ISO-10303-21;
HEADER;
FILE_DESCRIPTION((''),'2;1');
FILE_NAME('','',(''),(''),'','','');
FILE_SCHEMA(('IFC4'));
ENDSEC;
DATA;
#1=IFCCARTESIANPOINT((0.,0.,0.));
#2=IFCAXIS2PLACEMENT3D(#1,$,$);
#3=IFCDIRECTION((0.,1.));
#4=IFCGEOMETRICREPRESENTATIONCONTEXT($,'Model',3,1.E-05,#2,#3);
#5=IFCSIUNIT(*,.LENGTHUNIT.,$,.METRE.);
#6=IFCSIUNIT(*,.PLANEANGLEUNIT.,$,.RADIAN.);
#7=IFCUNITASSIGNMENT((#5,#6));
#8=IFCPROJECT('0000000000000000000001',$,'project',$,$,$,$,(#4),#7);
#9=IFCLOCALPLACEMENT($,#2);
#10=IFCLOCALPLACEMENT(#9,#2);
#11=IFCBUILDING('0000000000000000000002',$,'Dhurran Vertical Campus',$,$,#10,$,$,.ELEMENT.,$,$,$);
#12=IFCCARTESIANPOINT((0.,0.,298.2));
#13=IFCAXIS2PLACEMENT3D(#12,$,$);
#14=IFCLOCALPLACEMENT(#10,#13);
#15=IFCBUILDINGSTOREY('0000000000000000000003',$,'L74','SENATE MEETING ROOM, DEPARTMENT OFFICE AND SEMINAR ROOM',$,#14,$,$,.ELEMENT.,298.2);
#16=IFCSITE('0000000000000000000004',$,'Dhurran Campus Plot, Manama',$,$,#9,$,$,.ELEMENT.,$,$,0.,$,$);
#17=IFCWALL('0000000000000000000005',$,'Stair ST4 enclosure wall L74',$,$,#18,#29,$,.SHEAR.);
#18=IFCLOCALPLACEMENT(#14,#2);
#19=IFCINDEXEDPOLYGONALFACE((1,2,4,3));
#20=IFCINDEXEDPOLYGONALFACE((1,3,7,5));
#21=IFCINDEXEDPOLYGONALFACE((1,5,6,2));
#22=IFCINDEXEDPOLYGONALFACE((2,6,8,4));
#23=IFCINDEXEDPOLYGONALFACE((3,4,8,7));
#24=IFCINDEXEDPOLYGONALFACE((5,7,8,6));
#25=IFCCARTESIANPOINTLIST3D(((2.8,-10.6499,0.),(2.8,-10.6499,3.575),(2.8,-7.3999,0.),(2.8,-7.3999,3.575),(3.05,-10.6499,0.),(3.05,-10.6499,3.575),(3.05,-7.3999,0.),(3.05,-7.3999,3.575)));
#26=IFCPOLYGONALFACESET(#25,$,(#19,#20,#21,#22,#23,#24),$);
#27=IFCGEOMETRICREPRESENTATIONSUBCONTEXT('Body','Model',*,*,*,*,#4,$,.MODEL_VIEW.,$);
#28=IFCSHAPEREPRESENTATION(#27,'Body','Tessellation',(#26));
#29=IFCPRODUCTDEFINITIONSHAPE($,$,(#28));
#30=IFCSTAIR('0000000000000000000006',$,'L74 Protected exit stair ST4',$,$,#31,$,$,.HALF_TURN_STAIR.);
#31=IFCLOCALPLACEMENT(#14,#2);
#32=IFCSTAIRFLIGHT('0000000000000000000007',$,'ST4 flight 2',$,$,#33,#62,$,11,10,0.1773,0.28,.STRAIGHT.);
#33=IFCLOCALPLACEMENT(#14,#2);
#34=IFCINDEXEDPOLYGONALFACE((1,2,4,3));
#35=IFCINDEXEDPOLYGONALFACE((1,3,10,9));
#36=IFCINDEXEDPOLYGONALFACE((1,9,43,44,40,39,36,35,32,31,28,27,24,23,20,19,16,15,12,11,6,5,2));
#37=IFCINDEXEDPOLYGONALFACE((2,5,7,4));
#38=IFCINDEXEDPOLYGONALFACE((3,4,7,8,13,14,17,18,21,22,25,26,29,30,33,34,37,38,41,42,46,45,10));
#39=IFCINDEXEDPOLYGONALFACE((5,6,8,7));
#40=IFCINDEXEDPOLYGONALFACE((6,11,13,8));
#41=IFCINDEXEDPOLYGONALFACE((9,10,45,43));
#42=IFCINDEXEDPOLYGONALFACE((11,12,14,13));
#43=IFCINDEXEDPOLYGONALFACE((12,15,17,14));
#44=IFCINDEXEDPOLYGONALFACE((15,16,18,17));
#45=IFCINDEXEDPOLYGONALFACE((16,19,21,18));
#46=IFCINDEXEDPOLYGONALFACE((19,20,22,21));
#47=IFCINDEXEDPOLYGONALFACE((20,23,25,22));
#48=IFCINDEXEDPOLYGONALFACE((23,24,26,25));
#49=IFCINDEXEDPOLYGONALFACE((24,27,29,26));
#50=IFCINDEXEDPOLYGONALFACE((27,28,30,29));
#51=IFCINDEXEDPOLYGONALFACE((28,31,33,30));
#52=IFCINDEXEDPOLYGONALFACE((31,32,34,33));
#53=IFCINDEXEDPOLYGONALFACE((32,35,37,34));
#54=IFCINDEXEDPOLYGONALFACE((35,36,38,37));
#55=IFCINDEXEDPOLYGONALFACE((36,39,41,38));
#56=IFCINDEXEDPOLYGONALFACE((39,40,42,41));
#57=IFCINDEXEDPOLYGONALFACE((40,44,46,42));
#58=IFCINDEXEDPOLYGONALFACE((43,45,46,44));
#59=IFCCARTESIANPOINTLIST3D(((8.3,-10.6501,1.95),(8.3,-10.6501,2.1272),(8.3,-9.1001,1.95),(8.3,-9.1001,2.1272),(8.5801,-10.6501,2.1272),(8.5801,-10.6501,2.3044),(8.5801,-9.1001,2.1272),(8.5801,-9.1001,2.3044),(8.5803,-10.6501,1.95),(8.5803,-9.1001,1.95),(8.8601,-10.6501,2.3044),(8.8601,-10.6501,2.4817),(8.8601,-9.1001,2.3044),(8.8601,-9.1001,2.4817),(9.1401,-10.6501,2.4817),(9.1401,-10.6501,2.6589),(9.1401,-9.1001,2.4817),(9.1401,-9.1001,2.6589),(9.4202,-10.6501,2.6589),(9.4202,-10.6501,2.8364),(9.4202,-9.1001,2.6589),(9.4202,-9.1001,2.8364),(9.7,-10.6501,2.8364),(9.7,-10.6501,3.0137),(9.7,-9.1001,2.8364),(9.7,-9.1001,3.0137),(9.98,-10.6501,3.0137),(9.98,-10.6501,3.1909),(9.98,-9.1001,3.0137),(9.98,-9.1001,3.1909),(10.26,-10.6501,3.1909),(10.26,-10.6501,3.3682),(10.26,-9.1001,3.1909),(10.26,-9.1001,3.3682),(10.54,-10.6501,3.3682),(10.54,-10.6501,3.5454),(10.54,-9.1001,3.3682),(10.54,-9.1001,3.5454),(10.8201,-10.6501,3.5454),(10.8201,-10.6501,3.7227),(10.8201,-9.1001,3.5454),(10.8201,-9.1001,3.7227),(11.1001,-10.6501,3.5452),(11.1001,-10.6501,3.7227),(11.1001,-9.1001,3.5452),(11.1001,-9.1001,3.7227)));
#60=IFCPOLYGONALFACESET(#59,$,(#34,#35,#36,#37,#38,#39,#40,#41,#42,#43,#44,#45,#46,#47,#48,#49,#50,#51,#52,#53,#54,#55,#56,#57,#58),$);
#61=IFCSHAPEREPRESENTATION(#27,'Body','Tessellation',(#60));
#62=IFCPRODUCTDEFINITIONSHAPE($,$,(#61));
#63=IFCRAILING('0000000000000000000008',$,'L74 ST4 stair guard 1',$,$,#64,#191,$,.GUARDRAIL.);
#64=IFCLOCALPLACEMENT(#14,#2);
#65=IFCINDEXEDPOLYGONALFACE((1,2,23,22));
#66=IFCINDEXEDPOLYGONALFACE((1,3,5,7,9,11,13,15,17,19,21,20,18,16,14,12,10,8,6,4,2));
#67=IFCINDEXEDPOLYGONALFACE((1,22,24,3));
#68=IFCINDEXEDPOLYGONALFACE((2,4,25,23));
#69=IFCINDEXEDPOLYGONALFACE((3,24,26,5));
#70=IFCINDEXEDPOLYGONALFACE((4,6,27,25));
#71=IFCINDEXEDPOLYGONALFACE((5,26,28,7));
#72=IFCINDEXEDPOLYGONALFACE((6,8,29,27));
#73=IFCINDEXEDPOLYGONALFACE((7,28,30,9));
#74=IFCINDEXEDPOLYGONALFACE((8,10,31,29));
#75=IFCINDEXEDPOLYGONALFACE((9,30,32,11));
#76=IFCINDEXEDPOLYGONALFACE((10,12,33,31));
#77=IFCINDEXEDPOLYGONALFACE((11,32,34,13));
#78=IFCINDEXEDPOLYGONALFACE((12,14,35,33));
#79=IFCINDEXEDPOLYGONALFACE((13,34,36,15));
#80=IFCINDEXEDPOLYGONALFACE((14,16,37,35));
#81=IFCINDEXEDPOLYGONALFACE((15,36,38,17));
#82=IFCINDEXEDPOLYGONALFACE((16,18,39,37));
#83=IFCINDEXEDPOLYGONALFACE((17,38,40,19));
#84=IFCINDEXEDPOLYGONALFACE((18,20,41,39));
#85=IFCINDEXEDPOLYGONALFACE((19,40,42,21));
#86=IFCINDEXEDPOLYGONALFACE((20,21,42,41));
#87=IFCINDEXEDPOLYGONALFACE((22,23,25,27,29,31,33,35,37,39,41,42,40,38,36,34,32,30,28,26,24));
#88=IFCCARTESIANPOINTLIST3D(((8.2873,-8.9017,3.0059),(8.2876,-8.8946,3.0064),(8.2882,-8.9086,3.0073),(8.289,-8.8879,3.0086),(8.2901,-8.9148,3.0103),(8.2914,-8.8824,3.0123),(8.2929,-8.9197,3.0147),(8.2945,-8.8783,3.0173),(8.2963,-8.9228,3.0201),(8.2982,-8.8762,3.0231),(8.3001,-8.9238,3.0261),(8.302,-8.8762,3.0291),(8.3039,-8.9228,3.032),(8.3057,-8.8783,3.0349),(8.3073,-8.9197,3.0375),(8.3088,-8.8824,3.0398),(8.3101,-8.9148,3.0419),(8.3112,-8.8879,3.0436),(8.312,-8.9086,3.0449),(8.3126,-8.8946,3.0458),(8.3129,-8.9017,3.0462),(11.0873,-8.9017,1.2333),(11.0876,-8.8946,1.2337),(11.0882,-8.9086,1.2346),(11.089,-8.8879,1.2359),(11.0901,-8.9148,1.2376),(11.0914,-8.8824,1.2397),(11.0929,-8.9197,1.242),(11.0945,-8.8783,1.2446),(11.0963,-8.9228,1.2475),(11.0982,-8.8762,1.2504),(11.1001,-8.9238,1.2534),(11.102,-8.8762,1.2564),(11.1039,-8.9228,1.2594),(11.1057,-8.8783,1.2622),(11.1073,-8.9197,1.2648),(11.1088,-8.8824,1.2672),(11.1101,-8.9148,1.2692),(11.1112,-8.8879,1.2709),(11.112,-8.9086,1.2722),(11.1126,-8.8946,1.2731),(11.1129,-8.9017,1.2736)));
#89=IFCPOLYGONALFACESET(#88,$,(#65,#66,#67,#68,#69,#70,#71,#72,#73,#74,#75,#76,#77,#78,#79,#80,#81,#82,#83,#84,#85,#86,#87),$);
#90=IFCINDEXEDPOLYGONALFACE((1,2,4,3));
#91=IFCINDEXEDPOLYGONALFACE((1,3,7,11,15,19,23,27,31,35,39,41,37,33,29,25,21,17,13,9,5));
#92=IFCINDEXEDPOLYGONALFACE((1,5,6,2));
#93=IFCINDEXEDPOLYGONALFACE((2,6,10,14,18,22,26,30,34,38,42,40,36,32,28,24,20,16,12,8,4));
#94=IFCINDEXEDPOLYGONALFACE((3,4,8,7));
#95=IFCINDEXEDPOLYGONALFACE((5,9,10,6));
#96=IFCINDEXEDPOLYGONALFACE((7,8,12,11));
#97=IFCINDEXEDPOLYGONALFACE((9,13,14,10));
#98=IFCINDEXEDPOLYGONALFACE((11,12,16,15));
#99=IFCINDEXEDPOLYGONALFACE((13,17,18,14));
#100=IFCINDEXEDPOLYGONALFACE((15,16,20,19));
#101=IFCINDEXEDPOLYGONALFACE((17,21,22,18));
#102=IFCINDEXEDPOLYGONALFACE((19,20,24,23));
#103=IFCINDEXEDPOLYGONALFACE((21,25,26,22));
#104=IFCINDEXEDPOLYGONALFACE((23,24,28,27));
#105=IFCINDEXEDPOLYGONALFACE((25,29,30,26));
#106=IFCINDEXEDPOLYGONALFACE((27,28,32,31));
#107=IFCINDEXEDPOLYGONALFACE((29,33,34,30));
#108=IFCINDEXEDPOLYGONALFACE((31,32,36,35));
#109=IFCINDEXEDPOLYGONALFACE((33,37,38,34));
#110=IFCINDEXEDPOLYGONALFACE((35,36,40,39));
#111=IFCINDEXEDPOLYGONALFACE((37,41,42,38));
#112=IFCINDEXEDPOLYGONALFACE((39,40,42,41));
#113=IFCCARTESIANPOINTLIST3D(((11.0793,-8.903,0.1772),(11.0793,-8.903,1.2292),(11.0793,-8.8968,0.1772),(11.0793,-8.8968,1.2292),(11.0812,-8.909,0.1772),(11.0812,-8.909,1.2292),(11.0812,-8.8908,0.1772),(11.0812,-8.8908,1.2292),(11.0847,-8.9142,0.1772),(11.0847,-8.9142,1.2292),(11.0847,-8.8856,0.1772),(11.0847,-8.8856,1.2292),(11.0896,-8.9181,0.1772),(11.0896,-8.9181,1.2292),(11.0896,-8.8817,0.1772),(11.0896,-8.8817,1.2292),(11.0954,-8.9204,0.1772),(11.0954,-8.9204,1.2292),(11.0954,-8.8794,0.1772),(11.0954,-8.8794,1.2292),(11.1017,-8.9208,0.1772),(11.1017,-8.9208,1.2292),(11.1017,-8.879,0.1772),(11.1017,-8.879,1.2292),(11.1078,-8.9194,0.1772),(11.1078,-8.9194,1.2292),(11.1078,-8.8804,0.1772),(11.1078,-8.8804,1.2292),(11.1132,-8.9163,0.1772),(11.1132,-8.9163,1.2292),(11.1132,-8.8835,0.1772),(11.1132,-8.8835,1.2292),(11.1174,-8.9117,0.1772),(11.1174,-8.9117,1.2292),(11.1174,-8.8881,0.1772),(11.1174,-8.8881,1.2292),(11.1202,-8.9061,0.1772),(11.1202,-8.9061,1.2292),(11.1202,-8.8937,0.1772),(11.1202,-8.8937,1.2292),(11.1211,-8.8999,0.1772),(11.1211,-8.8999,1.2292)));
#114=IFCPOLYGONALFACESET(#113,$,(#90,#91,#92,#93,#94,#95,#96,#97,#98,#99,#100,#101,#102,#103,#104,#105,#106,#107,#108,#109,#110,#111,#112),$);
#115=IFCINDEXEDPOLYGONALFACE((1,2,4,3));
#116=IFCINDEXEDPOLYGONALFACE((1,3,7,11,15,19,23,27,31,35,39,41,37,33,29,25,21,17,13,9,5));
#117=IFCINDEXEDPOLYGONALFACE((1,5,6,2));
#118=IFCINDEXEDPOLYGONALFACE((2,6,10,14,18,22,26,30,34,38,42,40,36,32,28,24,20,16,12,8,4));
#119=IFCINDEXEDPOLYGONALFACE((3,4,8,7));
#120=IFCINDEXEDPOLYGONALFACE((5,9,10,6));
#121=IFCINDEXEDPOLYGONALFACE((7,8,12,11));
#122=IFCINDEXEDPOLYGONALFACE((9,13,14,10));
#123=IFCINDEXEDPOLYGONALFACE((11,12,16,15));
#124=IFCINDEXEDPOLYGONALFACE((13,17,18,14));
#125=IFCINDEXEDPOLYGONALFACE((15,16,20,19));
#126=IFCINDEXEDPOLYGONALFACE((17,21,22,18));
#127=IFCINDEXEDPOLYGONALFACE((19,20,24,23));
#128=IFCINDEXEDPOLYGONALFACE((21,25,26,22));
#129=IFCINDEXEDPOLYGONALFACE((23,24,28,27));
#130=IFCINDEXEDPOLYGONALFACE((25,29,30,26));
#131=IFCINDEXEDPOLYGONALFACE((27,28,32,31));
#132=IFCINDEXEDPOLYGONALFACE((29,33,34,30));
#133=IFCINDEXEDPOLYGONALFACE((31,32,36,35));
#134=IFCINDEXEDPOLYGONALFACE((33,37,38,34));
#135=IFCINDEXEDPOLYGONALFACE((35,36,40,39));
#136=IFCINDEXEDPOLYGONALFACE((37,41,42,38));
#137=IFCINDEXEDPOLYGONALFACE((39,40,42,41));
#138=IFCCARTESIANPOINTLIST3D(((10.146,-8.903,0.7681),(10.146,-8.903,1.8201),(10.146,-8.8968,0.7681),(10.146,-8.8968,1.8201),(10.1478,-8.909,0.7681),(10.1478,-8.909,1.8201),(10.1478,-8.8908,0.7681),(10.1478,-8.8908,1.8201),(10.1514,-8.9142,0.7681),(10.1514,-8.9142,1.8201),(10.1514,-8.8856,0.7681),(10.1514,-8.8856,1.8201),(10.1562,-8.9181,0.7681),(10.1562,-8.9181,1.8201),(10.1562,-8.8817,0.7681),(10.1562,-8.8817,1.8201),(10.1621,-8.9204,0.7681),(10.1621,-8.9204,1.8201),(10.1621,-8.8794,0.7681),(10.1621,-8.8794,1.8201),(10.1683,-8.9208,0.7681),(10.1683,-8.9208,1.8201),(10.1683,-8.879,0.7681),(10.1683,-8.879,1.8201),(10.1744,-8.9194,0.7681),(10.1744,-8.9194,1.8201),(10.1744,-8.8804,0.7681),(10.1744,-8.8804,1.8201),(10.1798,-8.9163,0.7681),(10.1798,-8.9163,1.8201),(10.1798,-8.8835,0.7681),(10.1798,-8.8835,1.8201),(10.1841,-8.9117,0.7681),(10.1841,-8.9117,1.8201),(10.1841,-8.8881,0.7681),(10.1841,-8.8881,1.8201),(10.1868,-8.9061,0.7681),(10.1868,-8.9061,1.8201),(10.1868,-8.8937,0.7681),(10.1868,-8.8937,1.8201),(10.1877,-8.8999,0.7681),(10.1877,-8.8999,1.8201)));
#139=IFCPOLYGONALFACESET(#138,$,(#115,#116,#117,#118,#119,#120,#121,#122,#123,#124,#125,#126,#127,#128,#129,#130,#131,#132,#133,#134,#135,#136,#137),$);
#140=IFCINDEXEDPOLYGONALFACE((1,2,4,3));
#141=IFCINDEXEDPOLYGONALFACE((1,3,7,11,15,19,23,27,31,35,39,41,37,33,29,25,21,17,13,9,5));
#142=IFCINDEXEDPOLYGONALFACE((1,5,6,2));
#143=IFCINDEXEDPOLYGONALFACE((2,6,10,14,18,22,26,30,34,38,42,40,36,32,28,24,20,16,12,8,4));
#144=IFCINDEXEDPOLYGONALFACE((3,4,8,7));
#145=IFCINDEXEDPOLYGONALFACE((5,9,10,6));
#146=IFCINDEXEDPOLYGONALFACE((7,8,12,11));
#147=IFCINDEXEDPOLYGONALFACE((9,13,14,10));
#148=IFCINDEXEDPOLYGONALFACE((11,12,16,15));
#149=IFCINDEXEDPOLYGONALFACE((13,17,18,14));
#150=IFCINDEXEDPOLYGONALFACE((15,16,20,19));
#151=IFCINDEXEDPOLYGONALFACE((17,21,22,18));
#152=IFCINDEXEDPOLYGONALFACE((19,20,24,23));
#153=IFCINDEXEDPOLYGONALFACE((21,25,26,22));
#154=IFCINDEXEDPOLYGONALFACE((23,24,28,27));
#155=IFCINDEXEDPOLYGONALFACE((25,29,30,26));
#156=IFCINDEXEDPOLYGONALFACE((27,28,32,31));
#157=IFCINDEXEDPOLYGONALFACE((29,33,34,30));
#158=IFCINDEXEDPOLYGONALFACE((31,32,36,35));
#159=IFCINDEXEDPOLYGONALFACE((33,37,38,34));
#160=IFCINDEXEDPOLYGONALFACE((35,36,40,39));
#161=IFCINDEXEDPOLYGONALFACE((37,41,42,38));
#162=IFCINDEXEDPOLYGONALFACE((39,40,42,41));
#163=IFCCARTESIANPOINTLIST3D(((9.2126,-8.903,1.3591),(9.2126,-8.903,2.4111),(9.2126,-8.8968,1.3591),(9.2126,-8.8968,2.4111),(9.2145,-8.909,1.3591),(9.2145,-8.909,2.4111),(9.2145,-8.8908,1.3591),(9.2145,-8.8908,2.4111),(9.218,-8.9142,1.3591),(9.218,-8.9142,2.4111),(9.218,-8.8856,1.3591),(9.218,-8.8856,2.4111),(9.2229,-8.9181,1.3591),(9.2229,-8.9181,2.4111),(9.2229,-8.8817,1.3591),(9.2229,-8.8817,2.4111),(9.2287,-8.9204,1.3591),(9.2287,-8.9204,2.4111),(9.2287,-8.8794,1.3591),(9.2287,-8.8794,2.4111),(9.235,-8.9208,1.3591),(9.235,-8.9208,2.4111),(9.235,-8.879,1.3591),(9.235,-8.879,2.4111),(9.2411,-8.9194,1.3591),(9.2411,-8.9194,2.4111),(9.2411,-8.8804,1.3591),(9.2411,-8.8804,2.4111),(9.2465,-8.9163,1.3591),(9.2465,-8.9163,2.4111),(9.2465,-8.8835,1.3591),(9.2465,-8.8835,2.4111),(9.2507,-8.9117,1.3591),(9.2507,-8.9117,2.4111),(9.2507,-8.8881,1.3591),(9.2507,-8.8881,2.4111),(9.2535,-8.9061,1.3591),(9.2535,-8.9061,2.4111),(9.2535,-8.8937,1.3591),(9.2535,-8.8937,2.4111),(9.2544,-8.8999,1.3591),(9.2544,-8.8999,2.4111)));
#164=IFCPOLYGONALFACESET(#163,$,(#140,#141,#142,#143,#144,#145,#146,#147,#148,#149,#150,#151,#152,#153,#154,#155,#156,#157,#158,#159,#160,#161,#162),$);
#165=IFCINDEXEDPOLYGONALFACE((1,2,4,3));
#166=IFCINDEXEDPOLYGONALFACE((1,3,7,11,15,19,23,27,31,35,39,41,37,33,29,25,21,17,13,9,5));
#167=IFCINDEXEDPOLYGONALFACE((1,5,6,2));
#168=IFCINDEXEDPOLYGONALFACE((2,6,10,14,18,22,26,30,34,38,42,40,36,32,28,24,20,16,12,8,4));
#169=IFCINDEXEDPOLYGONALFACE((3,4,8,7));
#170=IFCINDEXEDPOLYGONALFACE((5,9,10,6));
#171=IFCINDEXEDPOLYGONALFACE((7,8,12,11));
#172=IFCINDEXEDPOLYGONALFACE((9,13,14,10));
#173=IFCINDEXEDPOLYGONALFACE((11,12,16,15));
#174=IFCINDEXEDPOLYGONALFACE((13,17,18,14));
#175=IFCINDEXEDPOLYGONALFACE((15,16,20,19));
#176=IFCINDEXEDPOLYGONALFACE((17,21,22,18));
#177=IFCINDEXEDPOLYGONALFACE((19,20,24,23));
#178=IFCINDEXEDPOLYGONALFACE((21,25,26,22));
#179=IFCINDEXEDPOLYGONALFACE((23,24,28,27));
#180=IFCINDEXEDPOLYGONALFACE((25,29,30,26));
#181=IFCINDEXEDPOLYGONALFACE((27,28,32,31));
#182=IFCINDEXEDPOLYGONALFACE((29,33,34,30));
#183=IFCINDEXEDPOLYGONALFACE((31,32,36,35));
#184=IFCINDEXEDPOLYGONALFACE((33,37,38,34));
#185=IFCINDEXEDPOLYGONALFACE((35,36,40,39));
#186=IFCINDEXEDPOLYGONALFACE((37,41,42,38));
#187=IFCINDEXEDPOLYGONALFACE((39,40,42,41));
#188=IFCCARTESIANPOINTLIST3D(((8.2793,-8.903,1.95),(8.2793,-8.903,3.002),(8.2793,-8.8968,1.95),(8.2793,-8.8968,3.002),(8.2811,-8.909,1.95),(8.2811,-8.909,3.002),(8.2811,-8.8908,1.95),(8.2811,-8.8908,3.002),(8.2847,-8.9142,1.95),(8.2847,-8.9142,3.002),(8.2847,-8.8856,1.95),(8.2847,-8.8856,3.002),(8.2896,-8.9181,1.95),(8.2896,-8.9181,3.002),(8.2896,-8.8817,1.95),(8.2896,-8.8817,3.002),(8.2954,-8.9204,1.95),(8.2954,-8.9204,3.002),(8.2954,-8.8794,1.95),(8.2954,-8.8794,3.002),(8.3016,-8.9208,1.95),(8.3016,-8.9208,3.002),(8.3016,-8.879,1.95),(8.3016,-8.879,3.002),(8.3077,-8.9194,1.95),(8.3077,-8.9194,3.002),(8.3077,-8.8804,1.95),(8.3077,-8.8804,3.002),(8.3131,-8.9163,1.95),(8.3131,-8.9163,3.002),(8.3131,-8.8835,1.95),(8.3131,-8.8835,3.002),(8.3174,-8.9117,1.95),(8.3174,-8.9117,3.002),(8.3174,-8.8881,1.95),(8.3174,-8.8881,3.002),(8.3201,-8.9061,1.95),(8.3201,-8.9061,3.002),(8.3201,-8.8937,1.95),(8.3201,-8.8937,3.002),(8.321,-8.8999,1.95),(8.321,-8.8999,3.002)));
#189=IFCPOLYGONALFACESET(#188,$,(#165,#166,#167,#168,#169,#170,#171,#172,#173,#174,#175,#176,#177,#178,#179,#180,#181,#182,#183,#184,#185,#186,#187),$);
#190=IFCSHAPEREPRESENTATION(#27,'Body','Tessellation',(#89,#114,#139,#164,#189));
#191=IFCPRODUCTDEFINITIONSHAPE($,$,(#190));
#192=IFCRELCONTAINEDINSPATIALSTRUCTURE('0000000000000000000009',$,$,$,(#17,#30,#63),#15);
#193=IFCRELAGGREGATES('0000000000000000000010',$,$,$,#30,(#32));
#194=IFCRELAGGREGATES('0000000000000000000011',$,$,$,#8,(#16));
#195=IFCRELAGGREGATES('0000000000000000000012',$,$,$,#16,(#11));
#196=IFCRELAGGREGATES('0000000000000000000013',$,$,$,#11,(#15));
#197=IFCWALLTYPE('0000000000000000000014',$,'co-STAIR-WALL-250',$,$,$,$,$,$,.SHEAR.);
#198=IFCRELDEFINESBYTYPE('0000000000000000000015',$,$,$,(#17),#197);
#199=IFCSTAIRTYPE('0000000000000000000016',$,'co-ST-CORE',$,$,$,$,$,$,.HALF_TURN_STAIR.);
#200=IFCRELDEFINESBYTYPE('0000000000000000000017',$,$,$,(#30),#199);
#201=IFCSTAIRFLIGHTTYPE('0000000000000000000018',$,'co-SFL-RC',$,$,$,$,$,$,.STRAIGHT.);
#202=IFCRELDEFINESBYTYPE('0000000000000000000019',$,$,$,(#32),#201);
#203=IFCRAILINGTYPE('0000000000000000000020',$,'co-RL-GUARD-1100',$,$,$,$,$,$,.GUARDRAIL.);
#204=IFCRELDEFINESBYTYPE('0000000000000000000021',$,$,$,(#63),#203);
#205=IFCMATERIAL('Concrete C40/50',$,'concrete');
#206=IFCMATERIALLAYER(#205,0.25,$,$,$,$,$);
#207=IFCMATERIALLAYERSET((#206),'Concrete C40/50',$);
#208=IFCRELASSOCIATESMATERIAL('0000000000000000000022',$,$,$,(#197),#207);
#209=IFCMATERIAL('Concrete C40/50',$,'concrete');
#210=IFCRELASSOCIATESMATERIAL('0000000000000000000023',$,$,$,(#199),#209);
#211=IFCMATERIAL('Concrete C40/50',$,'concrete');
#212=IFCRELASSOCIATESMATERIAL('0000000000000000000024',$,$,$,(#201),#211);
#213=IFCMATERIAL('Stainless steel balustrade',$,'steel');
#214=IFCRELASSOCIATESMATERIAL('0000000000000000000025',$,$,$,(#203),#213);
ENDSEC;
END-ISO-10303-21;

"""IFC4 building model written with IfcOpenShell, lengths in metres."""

from ifc_helpers import new_model, si_unit, direction, frame, frame_2d, origin, origin_2d, place, context, subcontext, project, spatial, polyline, rectangle, circle, outline, extrude, material, layer, layer_set, type_object, element, aggregate, save


model = new_model("IFC4")

# Units and contexts
model_context = context("Model", 3, precision=1e-05, world=origin(), true_north=direction((0.0, 1.0)))
body_context = subcontext(model_context, "Body", "Model", "MODEL_VIEW")
ifc_project = project(units=[si_unit("LENGTHUNIT", "METRE"), si_unit("PLANEANGLEUNIT", "RADIAN")], contexts=[model_context])

# Site, building, storey
site_placement = place(None, origin())
site = spatial("IfcSite", under=ifc_project, at=site_placement, Name="Dhurran Campus Plot, Manama", CompositionType="ELEMENT", RefElevation=0.0)
building_placement = place(site_placement, origin())
building = spatial("IfcBuilding", under=site, at=building_placement, Name="Dhurran Vertical Campus", CompositionType="ELEMENT")
storey_placement = place(building_placement, frame((0.0, 0.0, 298.2)))
storey = spatial("IfcBuildingStorey", under=building, at=storey_placement, Name="L74", Description="SENATE MEETING ROOM, DEPARTMENT OFFICE AND SEMINAR ROOM", CompositionType="ELEMENT", Elevation=298.2)

# Shared definitions
ifc_material_1 = material(Name="Concrete C40/50", Category="concrete")
ifc_layer_1 = layer(ifc_material_1, 0.25)
ifc_layer_set_1 = layer_set([ifc_layer_1], Name="Concrete C40/50")
wall_type_1 = type_object("IfcWallType", Name="co-STAIR-WALL-250", PredefinedType="SHEAR", material=ifc_layer_set_1)

# Wall
wall_1_placement = place(storey_placement, frame((2.925, -10.6499, 0.0), z_axis=(0.0, 0.0, 1.0), x_axis=(0.0, 1.0, 0.0)))
element("IfcWall", 1, at=wall_1_placement, inside=storey, type_object=wall_type_1, Name="Stair ST4 enclosure wall L74", PredefinedType="SHEAR", context=body_context, shape_type="SweptSolid", body=[
    extrude(rectangle(XDim=3.25, YDim=0.25, at=frame_2d((1.625, 0.0))), origin(), (0.0, 0.0, 1.0), 3.575),
])

# Stair, stair flight
ifc_material_2 = material(Name="Concrete C40/50", Category="concrete")
stair_type = type_object("IfcStairType", Name="co-ST-CORE", PredefinedType="HALF_TURN_STAIR", material=ifc_material_2)
stair_placement = place(storey_placement, origin())
stair = element("IfcStair", 2, at=stair_placement, inside=storey, type_object=stair_type, Name="L74 Protected exit stair ST4", PredefinedType="HALF_TURN_STAIR")
ifc_material_3 = material(Name="Concrete C40/50", Category="concrete")
stair_flight_type = type_object("IfcStairFlightType", Name="co-SFL-RC", PredefinedType="STRAIGHT", material=ifc_material_3)
stair_flight_placement = place(storey_placement, frame((8.3, -9.875, 1.95), z_axis=(0.0, 0.0, 1.0), x_axis=(1.0, 0.0, 0.0)))
stair_flight = element("IfcStairFlight", 3, at=stair_flight_placement, type_object=stair_flight_type, Name="ST4 flight 2", NumberOfRisers=11, NumberOfTreads=10, PredefinedType="STRAIGHT", RiserHeight=0.1773, TreadLength=0.28, context=body_context, shape_type="SweptSolid", body=[
    extrude(outline(polyline([(0.0, 0.0), (0.0, 0.1772), (0.28, 0.1772), (0.28, 0.3545), (0.5601, 0.3545), (0.5601, 0.5317), (0.8401, 0.5317), (0.8401, 0.709), (1.1201, 0.709), (1.1201, 0.8865), (1.3999, 0.8865), (1.3999, 1.0637), (1.6799, 1.0637), (1.6799, 1.241), (1.96, 1.241), (1.96, 1.4182), (2.24, 1.4182), (2.24, 1.5955), (2.52, 1.5955), (2.52, 1.7727), (2.8, 1.7727), (2.8, 1.95), (2.8, 1.5952), (0.2803, 0.0), (0.0, 0.0)])), frame((0.0, 0.7749, 0.0), z_axis=(0.0, -1.0, 0.0), x_axis=(1.0, 0.0, 0.0)), (0.0, 0.0, 1.0), 1.55),
])
aggregate(stair, [stair_flight])

# Railing
ifc_material_4 = material(Name="Stainless steel balustrade", Category="steel")
railing_type_1 = type_object("IfcRailingType", Name="co-RL-GUARD-1100", PredefinedType="GUARDRAIL", material=ifc_material_4)
railing_1_placement = place(storey_placement, frame((11.1001, -8.8999, 0.1772)))
element("IfcRailing", 4, at=railing_1_placement, inside=storey, type_object=railing_type_1, Name="L74 ST4 stair guard 1", PredefinedType="GUARDRAIL", context=body_context, shape_type="SweptSolid", body=[
    extrude(circle(Radius=0.0239, at=origin_2d()), frame((0.0, 0.0, 1.0762), z_axis=(-0.844909, 0.0, 0.53491), x_axis=(0.0, -1.0, 0.0)), (0.0, 0.0, 1.0), 3.314),
    extrude(circle(Radius=0.021, at=origin_2d()), origin(), (0.0, 0.0, 1.0), 1.052),
    extrude(circle(Radius=0.021, at=origin_2d()), frame((-0.9333, 0.0, 0.5908)), (0.0, 0.0, 1.0), 1.052),
    extrude(circle(Radius=0.021, at=origin_2d()), frame((-1.8667, 0.0, 1.1819)), (0.0, 0.0, 1.0), 1.052),
    extrude(circle(Radius=0.021, at=origin_2d()), frame((-2.8, 0.0, 1.7727)), (0.0, 0.0, 1.0), 1.052),
])

save(model, "model.ifc")
